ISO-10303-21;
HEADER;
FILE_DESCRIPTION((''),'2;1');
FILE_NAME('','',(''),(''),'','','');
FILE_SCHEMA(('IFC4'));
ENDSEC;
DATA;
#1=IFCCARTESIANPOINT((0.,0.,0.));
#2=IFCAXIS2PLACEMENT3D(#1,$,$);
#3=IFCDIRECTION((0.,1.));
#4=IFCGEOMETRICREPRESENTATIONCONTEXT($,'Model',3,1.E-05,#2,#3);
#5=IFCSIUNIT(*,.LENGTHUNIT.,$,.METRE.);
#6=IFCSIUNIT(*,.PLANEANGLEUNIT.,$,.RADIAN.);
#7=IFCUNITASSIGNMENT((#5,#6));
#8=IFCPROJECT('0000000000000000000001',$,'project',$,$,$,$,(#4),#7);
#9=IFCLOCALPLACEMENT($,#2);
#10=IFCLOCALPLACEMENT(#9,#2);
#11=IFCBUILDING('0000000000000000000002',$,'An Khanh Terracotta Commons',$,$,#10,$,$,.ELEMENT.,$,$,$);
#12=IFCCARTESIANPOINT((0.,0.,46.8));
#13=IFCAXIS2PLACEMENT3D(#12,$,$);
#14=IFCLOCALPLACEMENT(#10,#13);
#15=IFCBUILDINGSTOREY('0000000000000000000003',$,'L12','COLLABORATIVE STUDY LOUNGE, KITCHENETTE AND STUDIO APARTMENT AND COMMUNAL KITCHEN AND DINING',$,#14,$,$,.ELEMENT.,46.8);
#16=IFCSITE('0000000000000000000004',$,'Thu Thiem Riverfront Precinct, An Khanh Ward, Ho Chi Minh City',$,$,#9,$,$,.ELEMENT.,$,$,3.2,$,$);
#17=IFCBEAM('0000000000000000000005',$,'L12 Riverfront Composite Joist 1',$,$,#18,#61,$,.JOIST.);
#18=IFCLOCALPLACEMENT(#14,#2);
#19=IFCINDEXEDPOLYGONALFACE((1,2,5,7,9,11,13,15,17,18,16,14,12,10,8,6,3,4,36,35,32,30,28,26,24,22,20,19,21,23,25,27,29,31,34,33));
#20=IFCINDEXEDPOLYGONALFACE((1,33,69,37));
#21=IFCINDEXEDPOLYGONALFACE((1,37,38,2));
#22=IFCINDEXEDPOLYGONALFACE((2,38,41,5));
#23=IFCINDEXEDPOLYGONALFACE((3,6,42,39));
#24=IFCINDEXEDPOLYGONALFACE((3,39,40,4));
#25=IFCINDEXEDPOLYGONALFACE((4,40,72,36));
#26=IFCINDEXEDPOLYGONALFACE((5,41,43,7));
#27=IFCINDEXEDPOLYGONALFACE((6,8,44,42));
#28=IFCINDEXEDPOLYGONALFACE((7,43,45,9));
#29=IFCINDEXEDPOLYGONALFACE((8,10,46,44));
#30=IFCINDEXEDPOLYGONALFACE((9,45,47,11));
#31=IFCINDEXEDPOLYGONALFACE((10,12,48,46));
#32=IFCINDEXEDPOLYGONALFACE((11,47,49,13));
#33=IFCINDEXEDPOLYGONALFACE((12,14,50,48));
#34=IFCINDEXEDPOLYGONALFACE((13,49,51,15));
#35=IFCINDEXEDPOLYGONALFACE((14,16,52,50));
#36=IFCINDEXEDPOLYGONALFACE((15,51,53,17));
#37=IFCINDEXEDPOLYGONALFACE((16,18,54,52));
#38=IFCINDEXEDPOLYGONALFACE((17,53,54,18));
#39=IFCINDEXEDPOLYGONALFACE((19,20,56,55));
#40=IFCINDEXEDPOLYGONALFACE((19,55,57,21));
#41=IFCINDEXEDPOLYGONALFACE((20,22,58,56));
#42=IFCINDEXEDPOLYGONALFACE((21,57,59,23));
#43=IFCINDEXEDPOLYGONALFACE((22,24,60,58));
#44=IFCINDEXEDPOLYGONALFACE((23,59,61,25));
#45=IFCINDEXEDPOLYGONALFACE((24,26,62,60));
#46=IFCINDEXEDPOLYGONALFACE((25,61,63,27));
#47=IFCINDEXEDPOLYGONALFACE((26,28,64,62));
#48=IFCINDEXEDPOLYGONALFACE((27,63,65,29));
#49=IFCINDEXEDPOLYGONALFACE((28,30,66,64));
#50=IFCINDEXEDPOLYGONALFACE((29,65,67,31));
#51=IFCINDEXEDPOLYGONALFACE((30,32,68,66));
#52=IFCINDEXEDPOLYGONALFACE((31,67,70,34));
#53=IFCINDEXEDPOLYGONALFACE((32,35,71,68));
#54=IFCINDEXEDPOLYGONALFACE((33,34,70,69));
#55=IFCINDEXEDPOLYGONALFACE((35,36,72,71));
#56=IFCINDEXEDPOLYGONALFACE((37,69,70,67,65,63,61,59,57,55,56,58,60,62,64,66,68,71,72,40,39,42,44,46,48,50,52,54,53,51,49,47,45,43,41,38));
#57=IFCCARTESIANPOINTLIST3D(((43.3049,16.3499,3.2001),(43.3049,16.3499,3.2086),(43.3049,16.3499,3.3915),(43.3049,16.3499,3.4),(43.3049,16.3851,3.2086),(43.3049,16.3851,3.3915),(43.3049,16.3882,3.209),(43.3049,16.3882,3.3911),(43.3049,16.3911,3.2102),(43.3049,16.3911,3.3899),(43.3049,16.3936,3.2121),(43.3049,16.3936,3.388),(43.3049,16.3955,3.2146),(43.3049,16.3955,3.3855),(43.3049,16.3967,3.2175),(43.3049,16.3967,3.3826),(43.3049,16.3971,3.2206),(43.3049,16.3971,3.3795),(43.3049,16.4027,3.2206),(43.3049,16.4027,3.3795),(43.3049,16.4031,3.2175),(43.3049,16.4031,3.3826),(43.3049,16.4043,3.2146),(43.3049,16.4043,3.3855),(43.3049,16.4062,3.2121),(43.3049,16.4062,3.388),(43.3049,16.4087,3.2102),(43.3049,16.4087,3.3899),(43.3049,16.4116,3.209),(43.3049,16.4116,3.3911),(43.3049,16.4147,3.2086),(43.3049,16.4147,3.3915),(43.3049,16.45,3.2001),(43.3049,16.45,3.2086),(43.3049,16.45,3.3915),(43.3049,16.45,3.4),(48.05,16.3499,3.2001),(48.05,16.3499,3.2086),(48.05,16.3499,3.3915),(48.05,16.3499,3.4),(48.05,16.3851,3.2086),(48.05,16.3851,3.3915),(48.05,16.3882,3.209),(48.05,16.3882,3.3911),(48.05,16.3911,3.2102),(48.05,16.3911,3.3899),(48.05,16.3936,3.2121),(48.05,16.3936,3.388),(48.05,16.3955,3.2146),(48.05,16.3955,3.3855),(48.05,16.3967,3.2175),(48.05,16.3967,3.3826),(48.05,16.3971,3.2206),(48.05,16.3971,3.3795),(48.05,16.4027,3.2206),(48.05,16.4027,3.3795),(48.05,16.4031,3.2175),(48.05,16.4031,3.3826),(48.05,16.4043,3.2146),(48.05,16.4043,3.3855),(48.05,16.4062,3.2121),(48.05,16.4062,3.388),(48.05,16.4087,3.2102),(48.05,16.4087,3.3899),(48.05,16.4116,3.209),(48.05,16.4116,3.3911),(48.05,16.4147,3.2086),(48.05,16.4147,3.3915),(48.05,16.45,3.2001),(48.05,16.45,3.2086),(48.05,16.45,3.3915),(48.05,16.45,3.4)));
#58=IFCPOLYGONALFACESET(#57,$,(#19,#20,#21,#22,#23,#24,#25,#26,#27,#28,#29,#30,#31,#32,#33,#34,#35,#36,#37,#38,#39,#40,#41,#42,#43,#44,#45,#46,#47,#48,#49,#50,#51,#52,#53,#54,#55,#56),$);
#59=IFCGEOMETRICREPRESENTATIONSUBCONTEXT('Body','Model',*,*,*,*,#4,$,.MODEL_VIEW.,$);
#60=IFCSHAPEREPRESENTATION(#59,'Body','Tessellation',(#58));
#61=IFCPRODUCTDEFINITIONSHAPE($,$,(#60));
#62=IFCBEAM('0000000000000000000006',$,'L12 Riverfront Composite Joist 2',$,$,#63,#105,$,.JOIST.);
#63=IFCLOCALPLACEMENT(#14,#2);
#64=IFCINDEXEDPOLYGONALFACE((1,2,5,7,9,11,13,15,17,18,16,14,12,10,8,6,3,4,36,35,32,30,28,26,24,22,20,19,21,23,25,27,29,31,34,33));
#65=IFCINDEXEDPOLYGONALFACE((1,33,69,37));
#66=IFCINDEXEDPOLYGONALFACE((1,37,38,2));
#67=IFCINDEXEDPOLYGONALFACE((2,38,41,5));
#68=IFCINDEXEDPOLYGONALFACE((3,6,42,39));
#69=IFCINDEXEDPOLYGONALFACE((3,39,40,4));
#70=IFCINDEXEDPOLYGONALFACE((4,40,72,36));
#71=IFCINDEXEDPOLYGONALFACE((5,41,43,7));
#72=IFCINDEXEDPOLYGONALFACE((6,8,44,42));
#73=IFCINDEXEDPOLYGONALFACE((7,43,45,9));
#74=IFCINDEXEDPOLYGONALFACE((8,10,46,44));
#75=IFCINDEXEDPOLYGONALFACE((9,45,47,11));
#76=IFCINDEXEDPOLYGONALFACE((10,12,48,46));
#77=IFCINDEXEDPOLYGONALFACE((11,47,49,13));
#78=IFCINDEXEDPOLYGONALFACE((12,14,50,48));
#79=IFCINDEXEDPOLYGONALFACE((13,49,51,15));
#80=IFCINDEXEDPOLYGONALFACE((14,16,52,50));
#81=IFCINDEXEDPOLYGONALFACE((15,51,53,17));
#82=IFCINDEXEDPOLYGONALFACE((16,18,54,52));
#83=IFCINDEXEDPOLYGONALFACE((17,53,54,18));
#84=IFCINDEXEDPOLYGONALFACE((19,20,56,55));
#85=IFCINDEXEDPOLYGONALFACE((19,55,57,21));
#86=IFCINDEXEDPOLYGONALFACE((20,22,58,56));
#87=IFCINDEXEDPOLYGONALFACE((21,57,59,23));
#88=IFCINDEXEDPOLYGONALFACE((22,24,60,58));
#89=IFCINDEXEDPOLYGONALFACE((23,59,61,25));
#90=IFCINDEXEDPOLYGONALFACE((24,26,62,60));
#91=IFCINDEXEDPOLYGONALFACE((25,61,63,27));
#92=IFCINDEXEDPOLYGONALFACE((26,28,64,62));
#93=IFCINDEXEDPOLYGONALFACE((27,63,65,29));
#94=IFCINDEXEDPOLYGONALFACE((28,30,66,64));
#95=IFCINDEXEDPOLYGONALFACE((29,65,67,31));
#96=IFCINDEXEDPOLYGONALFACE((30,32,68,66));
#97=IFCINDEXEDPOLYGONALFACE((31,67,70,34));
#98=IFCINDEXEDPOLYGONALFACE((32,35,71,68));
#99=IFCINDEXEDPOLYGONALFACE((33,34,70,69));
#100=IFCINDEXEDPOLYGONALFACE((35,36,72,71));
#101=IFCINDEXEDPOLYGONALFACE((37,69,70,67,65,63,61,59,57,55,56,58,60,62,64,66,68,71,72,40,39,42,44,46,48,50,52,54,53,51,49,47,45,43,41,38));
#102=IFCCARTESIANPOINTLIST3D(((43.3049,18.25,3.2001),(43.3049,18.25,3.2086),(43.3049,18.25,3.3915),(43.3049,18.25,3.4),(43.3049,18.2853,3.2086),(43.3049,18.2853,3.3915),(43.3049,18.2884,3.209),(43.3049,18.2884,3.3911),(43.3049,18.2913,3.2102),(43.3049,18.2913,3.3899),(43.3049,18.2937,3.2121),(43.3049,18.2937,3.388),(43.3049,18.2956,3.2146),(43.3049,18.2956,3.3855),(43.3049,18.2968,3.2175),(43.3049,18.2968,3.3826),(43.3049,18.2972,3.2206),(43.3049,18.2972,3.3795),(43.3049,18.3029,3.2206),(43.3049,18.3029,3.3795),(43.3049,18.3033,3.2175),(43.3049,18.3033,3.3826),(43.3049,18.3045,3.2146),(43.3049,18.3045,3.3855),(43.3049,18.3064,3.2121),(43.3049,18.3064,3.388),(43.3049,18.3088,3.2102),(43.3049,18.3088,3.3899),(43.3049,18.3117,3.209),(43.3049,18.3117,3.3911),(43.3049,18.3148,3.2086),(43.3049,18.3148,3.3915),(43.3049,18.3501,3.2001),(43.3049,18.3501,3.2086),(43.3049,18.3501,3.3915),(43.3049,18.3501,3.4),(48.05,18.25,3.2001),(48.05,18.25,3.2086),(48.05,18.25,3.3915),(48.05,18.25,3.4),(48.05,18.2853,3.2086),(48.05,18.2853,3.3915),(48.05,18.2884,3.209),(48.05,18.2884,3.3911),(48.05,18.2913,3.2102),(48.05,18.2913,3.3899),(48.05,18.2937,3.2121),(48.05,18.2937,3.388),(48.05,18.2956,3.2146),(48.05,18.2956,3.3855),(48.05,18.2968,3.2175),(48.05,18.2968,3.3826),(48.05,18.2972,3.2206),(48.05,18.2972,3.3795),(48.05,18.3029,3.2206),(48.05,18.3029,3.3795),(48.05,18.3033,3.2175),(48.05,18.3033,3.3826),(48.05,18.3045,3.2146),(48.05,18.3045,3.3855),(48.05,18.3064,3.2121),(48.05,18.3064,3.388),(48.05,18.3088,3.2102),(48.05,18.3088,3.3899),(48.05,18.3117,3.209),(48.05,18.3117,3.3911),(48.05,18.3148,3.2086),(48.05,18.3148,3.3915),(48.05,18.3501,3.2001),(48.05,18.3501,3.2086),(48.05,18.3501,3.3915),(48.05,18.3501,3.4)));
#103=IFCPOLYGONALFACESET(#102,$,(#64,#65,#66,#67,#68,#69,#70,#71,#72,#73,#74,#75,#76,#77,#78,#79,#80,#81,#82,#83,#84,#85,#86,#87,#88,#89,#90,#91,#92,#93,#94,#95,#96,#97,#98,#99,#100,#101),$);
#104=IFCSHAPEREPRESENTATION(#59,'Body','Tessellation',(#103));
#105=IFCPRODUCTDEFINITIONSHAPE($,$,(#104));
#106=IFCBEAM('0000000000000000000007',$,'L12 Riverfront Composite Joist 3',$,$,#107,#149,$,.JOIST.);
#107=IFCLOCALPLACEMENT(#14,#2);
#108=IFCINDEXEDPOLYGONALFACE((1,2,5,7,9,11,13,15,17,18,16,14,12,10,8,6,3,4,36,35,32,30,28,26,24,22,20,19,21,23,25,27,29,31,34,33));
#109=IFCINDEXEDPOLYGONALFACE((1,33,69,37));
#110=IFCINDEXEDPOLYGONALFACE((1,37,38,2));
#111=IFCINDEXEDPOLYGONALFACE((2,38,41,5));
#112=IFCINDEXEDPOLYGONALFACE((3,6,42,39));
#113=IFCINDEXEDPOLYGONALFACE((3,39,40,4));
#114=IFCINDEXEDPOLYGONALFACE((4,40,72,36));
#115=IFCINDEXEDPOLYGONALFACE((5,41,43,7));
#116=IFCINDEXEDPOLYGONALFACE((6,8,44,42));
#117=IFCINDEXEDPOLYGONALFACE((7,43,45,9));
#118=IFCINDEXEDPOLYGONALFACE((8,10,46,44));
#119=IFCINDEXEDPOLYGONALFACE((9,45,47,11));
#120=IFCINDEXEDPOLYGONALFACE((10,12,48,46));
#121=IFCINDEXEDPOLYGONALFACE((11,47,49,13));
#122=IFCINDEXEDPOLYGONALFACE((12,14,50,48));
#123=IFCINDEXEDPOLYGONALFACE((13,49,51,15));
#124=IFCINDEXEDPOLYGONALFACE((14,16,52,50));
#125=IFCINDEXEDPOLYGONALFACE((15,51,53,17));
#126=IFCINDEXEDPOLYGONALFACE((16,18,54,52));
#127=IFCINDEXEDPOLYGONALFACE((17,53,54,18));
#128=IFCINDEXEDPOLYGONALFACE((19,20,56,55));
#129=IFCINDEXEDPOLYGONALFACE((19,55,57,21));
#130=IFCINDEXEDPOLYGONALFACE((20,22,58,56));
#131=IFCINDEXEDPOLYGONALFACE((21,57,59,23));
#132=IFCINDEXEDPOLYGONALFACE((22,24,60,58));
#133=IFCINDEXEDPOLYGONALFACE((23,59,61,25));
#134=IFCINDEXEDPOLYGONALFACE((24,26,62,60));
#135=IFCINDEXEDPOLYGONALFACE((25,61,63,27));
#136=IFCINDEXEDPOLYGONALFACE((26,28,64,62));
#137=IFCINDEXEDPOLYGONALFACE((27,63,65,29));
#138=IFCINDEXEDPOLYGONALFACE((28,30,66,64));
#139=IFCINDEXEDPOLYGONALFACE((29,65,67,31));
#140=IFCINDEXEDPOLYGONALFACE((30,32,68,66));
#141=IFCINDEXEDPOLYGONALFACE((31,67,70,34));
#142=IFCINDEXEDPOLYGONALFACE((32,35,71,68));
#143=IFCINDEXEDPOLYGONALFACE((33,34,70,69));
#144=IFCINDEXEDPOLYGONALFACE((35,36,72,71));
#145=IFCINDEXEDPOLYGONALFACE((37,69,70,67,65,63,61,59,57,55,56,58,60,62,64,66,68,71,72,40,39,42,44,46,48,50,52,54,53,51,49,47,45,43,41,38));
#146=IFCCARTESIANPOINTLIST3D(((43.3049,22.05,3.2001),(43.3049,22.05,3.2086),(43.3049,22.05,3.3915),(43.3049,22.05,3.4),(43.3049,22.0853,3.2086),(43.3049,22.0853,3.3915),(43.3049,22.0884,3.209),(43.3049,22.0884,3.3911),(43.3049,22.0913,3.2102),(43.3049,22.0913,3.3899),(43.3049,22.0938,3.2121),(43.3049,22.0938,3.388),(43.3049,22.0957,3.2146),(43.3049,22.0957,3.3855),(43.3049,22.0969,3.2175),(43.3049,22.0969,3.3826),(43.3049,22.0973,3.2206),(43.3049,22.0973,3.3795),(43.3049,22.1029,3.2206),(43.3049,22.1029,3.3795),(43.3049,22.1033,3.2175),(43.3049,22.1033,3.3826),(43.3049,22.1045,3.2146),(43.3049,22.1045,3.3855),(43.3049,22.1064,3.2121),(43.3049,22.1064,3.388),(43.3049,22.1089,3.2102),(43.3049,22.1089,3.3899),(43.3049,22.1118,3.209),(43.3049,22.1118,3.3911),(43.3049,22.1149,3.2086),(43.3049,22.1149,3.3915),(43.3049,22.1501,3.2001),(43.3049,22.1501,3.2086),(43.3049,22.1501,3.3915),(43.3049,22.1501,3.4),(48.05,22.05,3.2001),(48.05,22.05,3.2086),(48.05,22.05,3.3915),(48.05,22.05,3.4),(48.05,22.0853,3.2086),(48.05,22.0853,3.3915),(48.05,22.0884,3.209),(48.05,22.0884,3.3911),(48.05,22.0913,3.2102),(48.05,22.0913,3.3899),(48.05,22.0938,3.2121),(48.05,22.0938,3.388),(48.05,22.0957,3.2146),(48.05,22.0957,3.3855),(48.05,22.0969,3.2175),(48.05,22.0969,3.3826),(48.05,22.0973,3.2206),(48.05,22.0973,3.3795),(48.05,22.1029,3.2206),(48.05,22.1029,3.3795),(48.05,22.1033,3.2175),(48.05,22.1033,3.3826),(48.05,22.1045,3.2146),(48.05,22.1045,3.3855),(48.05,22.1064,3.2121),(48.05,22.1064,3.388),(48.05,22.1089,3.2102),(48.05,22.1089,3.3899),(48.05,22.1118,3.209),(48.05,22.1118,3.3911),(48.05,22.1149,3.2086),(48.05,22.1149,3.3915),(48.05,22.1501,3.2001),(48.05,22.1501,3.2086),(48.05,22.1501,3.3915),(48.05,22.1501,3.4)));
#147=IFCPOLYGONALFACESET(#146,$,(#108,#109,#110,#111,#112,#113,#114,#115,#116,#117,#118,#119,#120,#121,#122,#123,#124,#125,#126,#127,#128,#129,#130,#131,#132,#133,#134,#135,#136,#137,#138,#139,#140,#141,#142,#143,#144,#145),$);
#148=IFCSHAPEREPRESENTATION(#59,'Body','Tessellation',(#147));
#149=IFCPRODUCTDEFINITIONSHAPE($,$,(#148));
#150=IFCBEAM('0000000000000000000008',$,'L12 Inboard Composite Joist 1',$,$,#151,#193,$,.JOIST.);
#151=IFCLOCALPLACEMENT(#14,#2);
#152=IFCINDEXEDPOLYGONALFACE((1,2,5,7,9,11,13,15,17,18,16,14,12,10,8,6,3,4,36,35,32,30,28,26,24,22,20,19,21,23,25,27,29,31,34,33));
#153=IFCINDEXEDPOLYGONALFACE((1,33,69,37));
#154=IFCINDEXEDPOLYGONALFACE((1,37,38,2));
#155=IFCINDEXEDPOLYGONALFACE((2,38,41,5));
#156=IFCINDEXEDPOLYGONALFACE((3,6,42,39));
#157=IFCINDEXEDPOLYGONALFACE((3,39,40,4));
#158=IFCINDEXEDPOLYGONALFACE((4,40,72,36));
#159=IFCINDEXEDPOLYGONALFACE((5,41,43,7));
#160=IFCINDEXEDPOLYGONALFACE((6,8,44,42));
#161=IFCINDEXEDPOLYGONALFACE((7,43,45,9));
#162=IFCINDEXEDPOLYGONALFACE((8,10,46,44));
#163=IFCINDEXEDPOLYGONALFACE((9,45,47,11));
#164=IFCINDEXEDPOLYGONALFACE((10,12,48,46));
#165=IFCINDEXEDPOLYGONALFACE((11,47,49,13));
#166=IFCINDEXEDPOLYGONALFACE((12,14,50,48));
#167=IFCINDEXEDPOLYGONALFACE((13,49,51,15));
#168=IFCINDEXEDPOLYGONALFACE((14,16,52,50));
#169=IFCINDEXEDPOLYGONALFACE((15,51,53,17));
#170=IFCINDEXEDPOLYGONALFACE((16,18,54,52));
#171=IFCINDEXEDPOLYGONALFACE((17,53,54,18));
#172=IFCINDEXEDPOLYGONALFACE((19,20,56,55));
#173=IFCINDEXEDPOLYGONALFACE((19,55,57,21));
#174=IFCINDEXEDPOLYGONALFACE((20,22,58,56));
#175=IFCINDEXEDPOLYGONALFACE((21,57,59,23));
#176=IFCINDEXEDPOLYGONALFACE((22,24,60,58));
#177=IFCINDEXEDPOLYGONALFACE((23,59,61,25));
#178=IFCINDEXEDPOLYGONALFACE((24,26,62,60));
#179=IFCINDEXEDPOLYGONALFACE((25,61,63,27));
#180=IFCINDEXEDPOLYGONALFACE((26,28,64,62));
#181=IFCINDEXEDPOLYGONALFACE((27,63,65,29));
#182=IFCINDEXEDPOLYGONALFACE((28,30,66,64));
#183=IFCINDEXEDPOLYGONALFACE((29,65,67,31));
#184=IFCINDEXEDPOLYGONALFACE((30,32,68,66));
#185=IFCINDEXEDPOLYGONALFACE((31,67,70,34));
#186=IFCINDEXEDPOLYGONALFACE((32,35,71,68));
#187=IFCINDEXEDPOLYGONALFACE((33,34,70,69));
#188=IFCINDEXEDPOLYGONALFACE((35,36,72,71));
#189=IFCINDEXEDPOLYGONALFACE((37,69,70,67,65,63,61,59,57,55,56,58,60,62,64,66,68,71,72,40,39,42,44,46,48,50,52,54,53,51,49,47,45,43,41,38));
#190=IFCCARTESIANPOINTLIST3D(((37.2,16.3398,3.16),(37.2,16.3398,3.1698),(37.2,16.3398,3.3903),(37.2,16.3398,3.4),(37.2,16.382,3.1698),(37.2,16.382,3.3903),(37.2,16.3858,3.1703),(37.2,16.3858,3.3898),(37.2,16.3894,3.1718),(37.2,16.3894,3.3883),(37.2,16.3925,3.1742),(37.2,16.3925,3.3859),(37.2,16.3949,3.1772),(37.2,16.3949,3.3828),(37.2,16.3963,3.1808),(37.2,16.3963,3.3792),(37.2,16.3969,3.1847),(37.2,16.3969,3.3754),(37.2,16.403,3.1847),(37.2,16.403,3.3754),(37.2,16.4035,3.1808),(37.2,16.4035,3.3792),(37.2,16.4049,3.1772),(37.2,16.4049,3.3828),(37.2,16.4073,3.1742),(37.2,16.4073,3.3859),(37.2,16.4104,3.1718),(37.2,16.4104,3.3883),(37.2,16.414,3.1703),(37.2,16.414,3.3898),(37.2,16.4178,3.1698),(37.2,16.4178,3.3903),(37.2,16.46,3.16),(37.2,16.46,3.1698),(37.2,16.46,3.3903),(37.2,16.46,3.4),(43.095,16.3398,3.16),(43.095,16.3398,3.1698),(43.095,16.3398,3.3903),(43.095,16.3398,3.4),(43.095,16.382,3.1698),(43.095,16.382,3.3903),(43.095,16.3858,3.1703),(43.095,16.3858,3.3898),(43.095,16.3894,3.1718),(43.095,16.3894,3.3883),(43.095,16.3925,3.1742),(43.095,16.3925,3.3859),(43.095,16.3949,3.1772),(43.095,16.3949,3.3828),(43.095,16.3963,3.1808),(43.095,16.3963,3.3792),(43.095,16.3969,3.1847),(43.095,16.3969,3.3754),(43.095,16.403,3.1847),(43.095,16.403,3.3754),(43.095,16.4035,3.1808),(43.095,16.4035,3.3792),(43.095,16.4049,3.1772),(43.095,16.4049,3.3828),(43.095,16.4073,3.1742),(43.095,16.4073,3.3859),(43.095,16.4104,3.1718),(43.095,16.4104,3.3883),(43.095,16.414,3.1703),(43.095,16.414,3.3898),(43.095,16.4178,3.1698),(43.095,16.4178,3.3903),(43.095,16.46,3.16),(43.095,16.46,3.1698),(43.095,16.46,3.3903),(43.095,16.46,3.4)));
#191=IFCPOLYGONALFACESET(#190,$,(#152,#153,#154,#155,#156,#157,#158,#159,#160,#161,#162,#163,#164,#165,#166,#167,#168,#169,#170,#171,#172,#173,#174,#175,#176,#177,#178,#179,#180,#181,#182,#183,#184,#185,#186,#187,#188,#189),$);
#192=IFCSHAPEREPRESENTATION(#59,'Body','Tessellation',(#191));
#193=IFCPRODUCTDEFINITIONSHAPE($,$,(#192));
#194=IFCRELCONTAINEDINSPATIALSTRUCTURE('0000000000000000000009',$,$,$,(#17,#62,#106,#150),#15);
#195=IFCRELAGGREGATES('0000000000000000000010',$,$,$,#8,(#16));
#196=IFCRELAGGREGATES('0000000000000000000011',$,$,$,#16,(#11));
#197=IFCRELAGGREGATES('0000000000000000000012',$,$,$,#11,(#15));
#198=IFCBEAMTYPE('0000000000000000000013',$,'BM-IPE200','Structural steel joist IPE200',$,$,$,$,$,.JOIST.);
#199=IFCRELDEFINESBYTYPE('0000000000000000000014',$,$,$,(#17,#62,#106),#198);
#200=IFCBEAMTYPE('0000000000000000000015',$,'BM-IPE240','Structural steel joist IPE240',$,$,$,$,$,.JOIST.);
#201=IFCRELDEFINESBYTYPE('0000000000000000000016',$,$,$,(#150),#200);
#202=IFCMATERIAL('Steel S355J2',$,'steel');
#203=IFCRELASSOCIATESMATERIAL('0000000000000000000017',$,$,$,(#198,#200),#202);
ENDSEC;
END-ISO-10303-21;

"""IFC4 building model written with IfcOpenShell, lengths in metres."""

from ifc_helpers import new_model, si_unit, direction, frame, origin, origin_2d, place, context, subcontext, project, spatial, i_section, extrude, material, material_profile, profile_set, type_object, element, save


model = new_model("IFC4")

# Units and contexts
model_context = context("Model", 3, precision=1e-05, world=origin(), true_north=direction((0.0, 1.0)))
body_context = subcontext(model_context, "Body", "Model", "MODEL_VIEW")
ifc_project = project(units=[si_unit("LENGTHUNIT", "METRE"), si_unit("PLANEANGLEUNIT", "RADIAN")], contexts=[model_context])

# Site, building, storey
site_placement = place(None, origin())
site = spatial("IfcSite", under=ifc_project, at=site_placement, Name="Thu Thiem Riverfront Precinct, An Khanh Ward, Ho Chi Minh City", CompositionType="ELEMENT", RefElevation=3.2)
building_placement = place(site_placement, origin())
building = spatial("IfcBuilding", under=site, at=building_placement, Name="An Khanh Terracotta Commons", CompositionType="ELEMENT")
storey_placement = place(building_placement, frame((0.0, 0.0, 46.8)))
storey = spatial("IfcBuildingStorey", under=building, at=storey_placement, Name="L12", Description="COLLABORATIVE STUDY LOUNGE, KITCHENETTE AND STUDIO APARTMENT AND COMMUNAL KITCHEN AND DINING", CompositionType="ELEMENT", Elevation=46.8)

# Beams
ifc_material_1 = material(Name="Steel S355J2", Category="steel")
ifc_material_profile_1 = material_profile(ifc_material_1, i_section(OverallWidth=0.1001, OverallDepth=0.2, WebThickness=0.0056, FlangeThickness=0.0085, FilletRadius=0.012, at=origin_2d()), Name="IPE200")
ifc_profile_set_1 = profile_set([ifc_material_profile_1], Name="Steel S355J2")
beam_type_1 = type_object("IfcBeamType", Name="BM-IPE200", Description="Structural steel joist IPE200", PredefinedType="JOIST", material=ifc_profile_set_1)
for number, where, z_axis, x_axis, name in (
    (1, (43.3049, 16.3999, 3.3), (1.0, 0.0, 0.0), (0.0, 1.0, 0.0), "L12 Riverfront Composite Joist 1"),
    (2, (43.3049, 18.3, 3.3), (1.0, 0.0, 0.0), (0.0, 1.0, 0.0), "L12 Riverfront Composite Joist 2"),
    (3, (43.3049, 22.1001, 3.3), (1.0, 0.0, 0.0), (0.0, 1.0, 0.0), "L12 Riverfront Composite Joist 3"),
):
    element("IfcBeam", number, at=place(storey_placement, frame(where, z_axis=z_axis, x_axis=x_axis)), inside=storey, type_object=beam_type_1, Name=name, PredefinedType="JOIST", context=body_context, shape_type="SweptSolid", body=[
        extrude(i_section(OverallWidth=0.1001, OverallDepth=0.2, WebThickness=0.0056, FlangeThickness=0.0085, FilletRadius=0.012, at=origin_2d()), origin(), (0.0, 0.0, 1.0), 4.7451),
    ])
ifc_material_profile_2 = material_profile(ifc_material_1, i_section(OverallWidth=0.1201, OverallDepth=0.24, WebThickness=0.0061, FlangeThickness=0.0098, FilletRadius=0.0149, at=origin_2d()), Name="IPE240")
ifc_profile_set_2 = profile_set([ifc_material_profile_2], Name="Steel S355J2")
beam_type_2 = type_object("IfcBeamType", Name="BM-IPE240", Description="Structural steel joist IPE240", PredefinedType="JOIST", material=ifc_profile_set_2)
for number, where, z_axis, x_axis, name in (
    (4, (37.2, 16.3999, 3.28), (1.0, 0.0, 0.0), (0.0, 1.0, 0.0), "L12 Inboard Composite Joist 1"),
):
    element("IfcBeam", number, at=place(storey_placement, frame(where, z_axis=z_axis, x_axis=x_axis)), inside=storey, type_object=beam_type_2, Name=name, PredefinedType="JOIST", context=body_context, shape_type="SweptSolid", body=[
        extrude(i_section(OverallWidth=0.1201, OverallDepth=0.24, WebThickness=0.0061, FlangeThickness=0.0098, FilletRadius=0.0149, at=origin_2d()), origin(), (0.0, 0.0, 1.0), 5.895),
    ])

save(model, "model.ifc")
